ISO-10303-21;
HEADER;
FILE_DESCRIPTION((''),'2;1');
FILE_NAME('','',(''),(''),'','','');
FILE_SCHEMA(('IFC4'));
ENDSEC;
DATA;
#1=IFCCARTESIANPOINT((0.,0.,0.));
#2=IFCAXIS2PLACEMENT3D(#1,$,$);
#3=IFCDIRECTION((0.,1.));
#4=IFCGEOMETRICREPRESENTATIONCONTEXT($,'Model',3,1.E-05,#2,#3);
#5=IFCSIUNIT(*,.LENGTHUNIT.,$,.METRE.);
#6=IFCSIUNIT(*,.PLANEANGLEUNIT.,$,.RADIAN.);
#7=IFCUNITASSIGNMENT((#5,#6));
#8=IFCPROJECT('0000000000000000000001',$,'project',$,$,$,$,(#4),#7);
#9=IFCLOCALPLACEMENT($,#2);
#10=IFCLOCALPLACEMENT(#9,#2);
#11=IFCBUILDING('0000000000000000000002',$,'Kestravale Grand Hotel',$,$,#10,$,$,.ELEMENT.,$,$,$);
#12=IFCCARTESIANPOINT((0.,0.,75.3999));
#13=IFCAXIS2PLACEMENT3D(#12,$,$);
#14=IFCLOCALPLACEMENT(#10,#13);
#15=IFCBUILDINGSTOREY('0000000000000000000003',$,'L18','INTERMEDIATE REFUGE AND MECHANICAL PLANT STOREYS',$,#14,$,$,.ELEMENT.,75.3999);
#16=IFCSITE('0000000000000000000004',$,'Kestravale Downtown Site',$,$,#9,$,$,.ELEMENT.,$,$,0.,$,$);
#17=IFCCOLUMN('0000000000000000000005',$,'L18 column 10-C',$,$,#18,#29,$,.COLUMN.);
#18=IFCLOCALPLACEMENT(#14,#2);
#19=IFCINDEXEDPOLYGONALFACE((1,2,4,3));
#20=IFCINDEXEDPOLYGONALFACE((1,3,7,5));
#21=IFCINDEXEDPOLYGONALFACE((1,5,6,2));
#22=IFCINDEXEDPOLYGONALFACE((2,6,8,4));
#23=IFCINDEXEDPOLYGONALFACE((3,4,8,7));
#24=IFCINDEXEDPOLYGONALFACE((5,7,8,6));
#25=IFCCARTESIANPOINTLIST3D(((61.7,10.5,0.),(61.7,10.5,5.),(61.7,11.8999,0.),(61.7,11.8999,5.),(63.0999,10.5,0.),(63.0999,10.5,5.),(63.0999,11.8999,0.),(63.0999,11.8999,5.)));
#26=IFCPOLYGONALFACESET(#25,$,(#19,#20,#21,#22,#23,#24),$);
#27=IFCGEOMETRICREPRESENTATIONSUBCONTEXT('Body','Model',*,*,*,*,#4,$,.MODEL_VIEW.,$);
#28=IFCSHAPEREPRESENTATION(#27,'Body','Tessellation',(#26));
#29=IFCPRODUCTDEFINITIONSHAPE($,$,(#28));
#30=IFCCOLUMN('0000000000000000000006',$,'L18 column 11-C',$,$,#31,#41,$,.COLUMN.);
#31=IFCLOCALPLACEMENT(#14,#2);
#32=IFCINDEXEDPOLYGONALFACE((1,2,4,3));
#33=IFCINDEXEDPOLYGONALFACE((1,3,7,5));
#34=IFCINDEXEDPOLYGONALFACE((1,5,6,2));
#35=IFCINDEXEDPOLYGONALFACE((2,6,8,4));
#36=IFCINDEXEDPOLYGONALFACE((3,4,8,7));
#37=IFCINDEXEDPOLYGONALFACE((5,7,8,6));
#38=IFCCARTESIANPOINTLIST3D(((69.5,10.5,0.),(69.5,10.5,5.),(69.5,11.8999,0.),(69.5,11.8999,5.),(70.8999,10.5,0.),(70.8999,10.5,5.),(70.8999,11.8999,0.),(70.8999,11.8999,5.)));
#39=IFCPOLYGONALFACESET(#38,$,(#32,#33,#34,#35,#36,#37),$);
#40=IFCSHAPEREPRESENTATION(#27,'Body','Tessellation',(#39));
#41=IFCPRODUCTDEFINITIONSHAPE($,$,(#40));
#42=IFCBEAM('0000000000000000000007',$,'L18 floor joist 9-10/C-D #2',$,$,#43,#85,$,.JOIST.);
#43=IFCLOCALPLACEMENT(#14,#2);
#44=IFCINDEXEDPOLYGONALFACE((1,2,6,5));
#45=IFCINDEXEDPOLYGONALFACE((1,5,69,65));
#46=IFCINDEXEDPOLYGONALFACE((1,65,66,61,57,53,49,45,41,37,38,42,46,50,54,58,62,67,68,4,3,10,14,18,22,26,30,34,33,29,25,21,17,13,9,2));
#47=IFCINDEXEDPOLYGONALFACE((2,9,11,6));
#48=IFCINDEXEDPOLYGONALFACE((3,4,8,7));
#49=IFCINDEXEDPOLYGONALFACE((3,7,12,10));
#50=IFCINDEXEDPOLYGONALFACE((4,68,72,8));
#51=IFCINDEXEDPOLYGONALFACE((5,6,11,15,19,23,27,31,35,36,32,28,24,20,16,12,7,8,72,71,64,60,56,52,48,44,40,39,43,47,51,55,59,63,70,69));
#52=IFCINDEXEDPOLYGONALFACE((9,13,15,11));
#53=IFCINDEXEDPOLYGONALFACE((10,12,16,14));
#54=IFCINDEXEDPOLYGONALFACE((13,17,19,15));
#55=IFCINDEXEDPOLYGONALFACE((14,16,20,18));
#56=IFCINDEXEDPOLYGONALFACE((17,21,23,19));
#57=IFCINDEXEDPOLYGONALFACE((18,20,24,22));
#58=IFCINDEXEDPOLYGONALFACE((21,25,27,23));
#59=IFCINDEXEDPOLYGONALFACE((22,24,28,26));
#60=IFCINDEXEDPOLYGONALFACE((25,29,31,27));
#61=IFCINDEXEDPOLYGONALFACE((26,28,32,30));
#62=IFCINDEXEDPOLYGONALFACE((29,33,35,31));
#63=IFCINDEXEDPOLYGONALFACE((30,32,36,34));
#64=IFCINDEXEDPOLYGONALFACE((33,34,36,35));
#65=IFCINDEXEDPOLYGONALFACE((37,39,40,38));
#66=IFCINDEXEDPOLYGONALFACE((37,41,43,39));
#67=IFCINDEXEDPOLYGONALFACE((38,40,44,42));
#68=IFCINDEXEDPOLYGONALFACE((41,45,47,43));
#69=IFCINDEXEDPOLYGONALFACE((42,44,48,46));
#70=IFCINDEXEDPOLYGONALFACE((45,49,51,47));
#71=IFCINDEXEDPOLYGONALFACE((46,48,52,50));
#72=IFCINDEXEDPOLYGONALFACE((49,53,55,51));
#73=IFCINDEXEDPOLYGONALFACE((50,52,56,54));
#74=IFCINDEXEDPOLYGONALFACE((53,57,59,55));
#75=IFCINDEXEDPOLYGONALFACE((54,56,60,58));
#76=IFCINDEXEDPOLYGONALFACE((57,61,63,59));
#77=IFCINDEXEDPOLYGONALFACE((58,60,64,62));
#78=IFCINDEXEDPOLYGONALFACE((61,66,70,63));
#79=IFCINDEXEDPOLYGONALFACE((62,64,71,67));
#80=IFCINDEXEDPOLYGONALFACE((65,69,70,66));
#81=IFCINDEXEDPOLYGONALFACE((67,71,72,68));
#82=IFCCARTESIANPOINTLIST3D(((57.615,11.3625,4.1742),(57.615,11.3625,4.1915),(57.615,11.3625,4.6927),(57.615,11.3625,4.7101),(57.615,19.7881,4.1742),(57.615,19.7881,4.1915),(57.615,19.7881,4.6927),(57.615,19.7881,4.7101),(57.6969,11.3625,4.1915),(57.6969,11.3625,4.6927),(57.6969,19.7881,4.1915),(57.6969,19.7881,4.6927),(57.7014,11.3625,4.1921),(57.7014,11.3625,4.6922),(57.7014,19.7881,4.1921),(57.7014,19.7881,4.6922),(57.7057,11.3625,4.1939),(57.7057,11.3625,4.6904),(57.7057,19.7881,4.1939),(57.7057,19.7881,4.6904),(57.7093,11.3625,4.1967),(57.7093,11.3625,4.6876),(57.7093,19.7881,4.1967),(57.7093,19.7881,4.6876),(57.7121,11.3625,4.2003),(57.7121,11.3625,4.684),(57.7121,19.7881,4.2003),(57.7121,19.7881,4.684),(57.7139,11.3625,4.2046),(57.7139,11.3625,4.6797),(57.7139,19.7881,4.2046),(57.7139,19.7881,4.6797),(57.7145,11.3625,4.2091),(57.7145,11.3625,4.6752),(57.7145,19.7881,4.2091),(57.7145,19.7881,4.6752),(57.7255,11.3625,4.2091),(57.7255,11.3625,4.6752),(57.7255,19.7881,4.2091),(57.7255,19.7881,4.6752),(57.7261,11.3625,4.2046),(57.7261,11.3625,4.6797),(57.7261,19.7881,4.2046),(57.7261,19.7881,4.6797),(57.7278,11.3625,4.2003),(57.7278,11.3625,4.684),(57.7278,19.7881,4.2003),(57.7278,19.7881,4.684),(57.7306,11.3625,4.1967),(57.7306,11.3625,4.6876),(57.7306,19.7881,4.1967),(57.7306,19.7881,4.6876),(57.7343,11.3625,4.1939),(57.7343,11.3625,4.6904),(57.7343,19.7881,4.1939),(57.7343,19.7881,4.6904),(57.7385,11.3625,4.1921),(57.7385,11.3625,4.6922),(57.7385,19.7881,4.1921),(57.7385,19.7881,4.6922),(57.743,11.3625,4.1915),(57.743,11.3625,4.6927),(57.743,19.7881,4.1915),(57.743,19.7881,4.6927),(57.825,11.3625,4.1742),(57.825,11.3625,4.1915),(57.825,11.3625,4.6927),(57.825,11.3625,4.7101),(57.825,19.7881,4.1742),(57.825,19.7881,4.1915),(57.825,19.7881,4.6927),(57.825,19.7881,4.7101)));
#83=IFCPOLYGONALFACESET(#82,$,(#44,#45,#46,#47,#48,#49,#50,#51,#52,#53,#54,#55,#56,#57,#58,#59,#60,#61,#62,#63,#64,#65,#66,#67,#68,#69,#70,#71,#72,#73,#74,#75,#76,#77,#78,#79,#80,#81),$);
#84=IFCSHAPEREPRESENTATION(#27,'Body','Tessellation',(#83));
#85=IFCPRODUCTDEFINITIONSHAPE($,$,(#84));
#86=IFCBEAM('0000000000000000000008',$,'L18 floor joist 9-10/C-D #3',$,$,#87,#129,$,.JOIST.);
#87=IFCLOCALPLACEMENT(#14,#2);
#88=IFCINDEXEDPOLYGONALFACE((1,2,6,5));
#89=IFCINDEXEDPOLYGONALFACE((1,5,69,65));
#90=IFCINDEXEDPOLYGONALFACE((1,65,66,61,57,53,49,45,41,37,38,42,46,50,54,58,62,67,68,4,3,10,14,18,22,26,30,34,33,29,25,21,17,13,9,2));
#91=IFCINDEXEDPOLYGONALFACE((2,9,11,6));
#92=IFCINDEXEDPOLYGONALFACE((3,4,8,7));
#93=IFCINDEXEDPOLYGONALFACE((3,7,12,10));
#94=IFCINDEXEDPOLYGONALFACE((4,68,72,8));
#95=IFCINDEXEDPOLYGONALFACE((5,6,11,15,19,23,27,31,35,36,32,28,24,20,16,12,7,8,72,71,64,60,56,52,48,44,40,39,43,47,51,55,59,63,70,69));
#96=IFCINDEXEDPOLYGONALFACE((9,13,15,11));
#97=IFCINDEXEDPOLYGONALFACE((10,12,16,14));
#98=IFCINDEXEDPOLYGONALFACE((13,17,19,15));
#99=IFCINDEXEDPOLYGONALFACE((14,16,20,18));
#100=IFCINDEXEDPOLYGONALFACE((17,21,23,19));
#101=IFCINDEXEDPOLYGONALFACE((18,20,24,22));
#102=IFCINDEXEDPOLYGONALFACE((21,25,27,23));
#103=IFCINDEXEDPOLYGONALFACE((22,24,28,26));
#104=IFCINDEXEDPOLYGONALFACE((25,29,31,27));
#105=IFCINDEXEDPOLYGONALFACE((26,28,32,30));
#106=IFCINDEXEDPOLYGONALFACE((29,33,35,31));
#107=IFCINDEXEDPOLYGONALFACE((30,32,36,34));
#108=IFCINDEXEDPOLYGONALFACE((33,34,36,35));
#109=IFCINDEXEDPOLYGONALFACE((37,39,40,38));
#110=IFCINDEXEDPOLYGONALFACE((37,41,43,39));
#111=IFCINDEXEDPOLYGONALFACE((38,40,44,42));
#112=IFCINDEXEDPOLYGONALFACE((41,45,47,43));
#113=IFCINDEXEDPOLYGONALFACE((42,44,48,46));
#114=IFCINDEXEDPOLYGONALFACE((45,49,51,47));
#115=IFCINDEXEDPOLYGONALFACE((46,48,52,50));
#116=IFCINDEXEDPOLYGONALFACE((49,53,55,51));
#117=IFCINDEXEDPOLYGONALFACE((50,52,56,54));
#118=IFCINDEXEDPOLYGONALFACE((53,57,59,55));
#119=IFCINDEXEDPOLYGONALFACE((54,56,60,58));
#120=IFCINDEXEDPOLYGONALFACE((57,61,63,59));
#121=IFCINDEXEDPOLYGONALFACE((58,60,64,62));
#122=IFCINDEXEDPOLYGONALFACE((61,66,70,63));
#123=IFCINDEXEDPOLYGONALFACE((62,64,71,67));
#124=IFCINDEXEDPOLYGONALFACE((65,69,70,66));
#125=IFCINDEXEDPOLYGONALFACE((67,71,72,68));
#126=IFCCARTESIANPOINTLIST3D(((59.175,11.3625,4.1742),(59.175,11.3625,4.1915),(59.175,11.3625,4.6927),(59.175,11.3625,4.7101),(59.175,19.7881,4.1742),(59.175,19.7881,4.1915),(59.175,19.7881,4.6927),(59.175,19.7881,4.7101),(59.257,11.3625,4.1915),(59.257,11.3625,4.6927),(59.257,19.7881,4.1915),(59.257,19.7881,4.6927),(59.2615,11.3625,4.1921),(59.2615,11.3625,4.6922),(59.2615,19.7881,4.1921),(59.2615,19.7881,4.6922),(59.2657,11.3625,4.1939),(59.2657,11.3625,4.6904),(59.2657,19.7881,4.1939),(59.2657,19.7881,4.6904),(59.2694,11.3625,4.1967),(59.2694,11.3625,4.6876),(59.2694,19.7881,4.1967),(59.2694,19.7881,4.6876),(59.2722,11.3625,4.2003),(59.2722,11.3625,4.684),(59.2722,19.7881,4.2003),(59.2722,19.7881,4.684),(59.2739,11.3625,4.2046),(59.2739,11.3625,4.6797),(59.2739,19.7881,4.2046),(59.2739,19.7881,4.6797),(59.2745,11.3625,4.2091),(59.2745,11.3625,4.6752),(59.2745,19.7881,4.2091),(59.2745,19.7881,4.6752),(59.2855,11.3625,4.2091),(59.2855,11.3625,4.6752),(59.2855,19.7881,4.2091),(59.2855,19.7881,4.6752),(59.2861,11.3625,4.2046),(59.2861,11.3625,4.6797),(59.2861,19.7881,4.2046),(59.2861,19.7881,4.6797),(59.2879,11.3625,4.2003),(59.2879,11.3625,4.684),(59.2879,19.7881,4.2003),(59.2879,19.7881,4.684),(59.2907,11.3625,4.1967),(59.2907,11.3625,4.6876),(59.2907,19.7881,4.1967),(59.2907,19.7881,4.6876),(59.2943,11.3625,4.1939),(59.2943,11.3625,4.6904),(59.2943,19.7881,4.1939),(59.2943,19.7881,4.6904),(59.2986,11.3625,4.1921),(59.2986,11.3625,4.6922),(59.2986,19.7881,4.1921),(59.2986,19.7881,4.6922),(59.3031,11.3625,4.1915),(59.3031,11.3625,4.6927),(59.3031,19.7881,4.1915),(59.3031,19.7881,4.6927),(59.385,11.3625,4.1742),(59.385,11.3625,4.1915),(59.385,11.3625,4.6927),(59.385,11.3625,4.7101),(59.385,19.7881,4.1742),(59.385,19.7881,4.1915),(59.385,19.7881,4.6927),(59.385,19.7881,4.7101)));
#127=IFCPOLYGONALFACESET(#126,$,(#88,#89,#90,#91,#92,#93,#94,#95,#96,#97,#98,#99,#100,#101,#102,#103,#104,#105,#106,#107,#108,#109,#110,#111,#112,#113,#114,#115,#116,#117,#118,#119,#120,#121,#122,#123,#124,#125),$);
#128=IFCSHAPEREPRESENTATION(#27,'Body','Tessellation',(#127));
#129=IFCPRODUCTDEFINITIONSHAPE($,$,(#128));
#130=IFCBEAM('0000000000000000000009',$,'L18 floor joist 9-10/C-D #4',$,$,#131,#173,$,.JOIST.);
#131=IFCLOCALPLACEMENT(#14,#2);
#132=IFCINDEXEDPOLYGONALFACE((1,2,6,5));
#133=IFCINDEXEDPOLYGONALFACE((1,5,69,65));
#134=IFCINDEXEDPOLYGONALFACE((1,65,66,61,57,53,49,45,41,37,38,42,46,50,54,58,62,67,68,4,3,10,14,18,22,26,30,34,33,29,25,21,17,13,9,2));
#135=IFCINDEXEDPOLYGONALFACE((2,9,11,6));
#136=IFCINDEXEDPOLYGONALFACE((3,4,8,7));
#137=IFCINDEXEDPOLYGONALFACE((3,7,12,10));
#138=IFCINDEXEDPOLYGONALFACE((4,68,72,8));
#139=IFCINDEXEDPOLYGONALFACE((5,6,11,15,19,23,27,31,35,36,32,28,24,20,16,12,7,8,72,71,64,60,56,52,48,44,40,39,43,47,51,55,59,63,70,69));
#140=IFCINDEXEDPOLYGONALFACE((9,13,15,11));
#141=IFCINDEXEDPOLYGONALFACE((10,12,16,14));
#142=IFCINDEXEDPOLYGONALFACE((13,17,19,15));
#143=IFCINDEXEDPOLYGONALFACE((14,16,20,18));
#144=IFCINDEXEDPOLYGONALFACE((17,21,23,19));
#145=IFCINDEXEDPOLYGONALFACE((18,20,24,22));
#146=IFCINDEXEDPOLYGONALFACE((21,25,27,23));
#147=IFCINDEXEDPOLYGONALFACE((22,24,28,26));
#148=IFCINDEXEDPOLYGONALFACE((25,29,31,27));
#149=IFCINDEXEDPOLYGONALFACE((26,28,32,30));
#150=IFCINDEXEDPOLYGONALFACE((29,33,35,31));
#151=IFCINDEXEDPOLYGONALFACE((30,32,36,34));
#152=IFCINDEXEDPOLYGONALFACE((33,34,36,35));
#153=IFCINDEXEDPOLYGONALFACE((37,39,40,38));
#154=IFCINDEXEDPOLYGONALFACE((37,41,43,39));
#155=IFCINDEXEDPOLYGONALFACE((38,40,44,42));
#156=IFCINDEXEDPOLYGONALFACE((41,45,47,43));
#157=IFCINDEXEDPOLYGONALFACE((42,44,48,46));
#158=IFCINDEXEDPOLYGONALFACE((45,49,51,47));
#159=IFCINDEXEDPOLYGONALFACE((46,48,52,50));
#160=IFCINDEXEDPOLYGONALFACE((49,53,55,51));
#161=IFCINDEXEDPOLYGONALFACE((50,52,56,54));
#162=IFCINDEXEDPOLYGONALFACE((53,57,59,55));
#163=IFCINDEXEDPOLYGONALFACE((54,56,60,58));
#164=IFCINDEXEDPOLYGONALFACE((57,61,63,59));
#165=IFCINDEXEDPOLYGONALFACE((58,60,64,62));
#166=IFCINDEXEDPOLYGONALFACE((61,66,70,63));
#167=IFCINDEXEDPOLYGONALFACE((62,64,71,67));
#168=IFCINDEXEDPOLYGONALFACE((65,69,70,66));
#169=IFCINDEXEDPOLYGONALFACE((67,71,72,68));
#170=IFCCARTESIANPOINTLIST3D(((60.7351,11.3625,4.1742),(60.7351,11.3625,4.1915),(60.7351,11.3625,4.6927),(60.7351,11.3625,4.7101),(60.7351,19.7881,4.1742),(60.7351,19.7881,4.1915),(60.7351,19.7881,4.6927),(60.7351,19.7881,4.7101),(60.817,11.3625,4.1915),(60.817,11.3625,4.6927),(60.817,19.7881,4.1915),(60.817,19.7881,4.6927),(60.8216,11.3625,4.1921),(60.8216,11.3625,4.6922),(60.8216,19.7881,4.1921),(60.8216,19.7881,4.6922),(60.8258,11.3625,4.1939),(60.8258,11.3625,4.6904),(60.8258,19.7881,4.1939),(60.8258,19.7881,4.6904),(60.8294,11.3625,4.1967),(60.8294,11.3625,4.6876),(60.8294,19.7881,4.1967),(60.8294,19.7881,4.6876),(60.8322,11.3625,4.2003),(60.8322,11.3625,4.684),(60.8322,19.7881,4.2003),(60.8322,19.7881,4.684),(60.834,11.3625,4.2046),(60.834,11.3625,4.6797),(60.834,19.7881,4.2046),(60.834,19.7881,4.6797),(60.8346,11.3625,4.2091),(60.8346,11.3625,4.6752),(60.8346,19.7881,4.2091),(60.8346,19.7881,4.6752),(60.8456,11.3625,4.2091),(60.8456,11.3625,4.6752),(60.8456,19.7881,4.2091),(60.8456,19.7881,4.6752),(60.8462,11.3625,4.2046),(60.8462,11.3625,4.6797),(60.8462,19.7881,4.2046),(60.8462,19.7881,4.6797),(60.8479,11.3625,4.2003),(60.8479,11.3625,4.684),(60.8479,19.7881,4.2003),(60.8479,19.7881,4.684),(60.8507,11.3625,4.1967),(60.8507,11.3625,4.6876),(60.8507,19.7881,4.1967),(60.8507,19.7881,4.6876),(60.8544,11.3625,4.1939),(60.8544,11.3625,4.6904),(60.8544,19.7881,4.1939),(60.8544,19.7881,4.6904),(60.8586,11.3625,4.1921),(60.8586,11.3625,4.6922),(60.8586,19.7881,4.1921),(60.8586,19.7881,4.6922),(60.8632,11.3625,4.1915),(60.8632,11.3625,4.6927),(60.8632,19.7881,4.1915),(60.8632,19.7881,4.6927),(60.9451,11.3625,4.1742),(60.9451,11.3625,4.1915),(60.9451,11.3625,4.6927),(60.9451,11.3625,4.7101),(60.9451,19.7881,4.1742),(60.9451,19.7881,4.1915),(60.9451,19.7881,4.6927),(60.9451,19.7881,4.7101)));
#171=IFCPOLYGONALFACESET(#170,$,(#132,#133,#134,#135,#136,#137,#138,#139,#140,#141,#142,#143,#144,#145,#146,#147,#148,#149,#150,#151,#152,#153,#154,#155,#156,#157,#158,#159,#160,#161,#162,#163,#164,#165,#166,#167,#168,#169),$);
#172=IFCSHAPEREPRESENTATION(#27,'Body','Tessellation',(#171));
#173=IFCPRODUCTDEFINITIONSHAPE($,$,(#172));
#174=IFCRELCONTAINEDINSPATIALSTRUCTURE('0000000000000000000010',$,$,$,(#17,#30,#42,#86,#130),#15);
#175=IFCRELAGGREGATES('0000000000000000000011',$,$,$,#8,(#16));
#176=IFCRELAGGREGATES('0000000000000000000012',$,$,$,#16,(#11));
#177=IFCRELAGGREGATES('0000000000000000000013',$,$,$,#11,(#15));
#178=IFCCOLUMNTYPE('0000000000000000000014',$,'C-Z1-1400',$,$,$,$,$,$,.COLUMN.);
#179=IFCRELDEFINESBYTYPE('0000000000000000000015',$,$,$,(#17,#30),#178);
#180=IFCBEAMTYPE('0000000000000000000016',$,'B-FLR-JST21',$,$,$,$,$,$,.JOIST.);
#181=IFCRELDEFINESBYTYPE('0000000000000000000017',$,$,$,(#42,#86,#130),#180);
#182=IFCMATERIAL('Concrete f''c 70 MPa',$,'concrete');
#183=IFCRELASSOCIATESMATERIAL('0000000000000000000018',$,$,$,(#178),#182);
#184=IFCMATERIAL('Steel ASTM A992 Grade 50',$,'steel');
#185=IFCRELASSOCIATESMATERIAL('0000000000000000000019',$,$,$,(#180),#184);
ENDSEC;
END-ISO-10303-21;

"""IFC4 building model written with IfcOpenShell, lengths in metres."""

from ifc_helpers import new_model, si_unit, direction, frame, origin, origin_2d, place, context, subcontext, project, spatial, rectangle, i_section, extrude, material, material_profile, profile_set, type_object, element, save


model = new_model("IFC4")

# Units and contexts
model_context = context("Model", 3, precision=1e-05, world=origin(), true_north=direction((0.0, 1.0)))
body_context = subcontext(model_context, "Body", "Model", "MODEL_VIEW")
ifc_project = project(units=[si_unit("LENGTHUNIT", "METRE"), si_unit("PLANEANGLEUNIT", "RADIAN")], contexts=[model_context])

# Site, building, storey
site_placement = place(None, origin())
site = spatial("IfcSite", under=ifc_project, at=site_placement, Name="Kestravale Downtown Site", CompositionType="ELEMENT", RefElevation=0.0)
building_placement = place(site_placement, origin())
building = spatial("IfcBuilding", under=site, at=building_placement, Name="Kestravale Grand Hotel", CompositionType="ELEMENT")
storey_placement = place(building_placement, frame((0.0, 0.0, 75.3999)))
storey = spatial("IfcBuildingStorey", under=building, at=storey_placement, Name="L18", Description="INTERMEDIATE REFUGE AND MECHANICAL PLANT STOREYS", CompositionType="ELEMENT", Elevation=75.3999)

# Columns
ifc_material_1 = material(Name="Concrete f'c 70 MPa", Category="concrete")
ifc_material_profile_1 = material_profile(ifc_material_1, rectangle(XDim=1.3999, YDim=1.3999, at=origin_2d()))
ifc_profile_set_1 = profile_set([ifc_material_profile_1], Name="Concrete f'c 70 MPa")
column_type = type_object("IfcColumnType", Name="C-Z1-1400", PredefinedType="COLUMN", material=ifc_profile_set_1)
for number, where, z_axis, x_axis, name in (
    (1, (62.3999, 11.2, 0.0), (0.0, 0.0, 1.0), (1.0, 0.0, 0.0), "L18 column 10-C"),
    (2, (70.2, 11.2, 0.0), (0.0, 0.0, 1.0), (1.0, 0.0, 0.0), "L18 column 11-C"),
):
    element("IfcColumn", number, at=place(storey_placement, frame(where, z_axis=z_axis, x_axis=x_axis)), inside=storey, type_object=column_type, Name=name, PredefinedType="COLUMN", context=body_context, shape_type="SweptSolid", body=[
        extrude(rectangle(XDim=1.3999, YDim=1.3999, at=origin_2d()), origin(), (0.0, 0.0, 1.0), 5.0),
    ])

# Beams
ifc_material_2 = material(Name="Steel ASTM A992 Grade 50", Category="steel")
ifc_material_profile_2 = material_profile(ifc_material_2, i_section(OverallWidth=0.21, OverallDepth=0.5359, WebThickness=0.011, FlangeThickness=0.0173, FilletRadius=0.0176, at=origin_2d()))
ifc_profile_set_2 = profile_set([ifc_material_profile_2], Name="Steel ASTM A992 Grade 50")
beam_type_1 = type_object("IfcBeamType", Name="B-FLR-JST21", PredefinedType="JOIST", material=ifc_profile_set_2)
for number, where, z_axis, x_axis, name in (
    (3, (57.72, 11.3625, 4.4421), (0.0, 1.0, 0.0), (-1.0, 0.0, 0.0), "L18 floor joist 9-10/C-D #2"),
    (4, (59.28, 11.3625, 4.4421), (0.0, 1.0, 0.0), (-1.0, 0.0, 0.0), "L18 floor joist 9-10/C-D #3"),
    (5, (60.8401, 11.3625, 4.4421), (0.0, 1.0, 0.0), (-1.0, 0.0, 0.0), "L18 floor joist 9-10/C-D #4"),
):
    element("IfcBeam", number, at=place(storey_placement, frame(where, z_axis=z_axis, x_axis=x_axis)), inside=storey, type_object=beam_type_1, Name=name, PredefinedType="JOIST", context=body_context, shape_type="SweptSolid", body=[
        extrude(i_section(OverallWidth=0.21, OverallDepth=0.5359, WebThickness=0.011, FlangeThickness=0.0173, FilletRadius=0.0176, at=origin_2d()), origin(), (0.0, 0.0, 1.0), 8.4255),
    ])

save(model, "model.ifc")
